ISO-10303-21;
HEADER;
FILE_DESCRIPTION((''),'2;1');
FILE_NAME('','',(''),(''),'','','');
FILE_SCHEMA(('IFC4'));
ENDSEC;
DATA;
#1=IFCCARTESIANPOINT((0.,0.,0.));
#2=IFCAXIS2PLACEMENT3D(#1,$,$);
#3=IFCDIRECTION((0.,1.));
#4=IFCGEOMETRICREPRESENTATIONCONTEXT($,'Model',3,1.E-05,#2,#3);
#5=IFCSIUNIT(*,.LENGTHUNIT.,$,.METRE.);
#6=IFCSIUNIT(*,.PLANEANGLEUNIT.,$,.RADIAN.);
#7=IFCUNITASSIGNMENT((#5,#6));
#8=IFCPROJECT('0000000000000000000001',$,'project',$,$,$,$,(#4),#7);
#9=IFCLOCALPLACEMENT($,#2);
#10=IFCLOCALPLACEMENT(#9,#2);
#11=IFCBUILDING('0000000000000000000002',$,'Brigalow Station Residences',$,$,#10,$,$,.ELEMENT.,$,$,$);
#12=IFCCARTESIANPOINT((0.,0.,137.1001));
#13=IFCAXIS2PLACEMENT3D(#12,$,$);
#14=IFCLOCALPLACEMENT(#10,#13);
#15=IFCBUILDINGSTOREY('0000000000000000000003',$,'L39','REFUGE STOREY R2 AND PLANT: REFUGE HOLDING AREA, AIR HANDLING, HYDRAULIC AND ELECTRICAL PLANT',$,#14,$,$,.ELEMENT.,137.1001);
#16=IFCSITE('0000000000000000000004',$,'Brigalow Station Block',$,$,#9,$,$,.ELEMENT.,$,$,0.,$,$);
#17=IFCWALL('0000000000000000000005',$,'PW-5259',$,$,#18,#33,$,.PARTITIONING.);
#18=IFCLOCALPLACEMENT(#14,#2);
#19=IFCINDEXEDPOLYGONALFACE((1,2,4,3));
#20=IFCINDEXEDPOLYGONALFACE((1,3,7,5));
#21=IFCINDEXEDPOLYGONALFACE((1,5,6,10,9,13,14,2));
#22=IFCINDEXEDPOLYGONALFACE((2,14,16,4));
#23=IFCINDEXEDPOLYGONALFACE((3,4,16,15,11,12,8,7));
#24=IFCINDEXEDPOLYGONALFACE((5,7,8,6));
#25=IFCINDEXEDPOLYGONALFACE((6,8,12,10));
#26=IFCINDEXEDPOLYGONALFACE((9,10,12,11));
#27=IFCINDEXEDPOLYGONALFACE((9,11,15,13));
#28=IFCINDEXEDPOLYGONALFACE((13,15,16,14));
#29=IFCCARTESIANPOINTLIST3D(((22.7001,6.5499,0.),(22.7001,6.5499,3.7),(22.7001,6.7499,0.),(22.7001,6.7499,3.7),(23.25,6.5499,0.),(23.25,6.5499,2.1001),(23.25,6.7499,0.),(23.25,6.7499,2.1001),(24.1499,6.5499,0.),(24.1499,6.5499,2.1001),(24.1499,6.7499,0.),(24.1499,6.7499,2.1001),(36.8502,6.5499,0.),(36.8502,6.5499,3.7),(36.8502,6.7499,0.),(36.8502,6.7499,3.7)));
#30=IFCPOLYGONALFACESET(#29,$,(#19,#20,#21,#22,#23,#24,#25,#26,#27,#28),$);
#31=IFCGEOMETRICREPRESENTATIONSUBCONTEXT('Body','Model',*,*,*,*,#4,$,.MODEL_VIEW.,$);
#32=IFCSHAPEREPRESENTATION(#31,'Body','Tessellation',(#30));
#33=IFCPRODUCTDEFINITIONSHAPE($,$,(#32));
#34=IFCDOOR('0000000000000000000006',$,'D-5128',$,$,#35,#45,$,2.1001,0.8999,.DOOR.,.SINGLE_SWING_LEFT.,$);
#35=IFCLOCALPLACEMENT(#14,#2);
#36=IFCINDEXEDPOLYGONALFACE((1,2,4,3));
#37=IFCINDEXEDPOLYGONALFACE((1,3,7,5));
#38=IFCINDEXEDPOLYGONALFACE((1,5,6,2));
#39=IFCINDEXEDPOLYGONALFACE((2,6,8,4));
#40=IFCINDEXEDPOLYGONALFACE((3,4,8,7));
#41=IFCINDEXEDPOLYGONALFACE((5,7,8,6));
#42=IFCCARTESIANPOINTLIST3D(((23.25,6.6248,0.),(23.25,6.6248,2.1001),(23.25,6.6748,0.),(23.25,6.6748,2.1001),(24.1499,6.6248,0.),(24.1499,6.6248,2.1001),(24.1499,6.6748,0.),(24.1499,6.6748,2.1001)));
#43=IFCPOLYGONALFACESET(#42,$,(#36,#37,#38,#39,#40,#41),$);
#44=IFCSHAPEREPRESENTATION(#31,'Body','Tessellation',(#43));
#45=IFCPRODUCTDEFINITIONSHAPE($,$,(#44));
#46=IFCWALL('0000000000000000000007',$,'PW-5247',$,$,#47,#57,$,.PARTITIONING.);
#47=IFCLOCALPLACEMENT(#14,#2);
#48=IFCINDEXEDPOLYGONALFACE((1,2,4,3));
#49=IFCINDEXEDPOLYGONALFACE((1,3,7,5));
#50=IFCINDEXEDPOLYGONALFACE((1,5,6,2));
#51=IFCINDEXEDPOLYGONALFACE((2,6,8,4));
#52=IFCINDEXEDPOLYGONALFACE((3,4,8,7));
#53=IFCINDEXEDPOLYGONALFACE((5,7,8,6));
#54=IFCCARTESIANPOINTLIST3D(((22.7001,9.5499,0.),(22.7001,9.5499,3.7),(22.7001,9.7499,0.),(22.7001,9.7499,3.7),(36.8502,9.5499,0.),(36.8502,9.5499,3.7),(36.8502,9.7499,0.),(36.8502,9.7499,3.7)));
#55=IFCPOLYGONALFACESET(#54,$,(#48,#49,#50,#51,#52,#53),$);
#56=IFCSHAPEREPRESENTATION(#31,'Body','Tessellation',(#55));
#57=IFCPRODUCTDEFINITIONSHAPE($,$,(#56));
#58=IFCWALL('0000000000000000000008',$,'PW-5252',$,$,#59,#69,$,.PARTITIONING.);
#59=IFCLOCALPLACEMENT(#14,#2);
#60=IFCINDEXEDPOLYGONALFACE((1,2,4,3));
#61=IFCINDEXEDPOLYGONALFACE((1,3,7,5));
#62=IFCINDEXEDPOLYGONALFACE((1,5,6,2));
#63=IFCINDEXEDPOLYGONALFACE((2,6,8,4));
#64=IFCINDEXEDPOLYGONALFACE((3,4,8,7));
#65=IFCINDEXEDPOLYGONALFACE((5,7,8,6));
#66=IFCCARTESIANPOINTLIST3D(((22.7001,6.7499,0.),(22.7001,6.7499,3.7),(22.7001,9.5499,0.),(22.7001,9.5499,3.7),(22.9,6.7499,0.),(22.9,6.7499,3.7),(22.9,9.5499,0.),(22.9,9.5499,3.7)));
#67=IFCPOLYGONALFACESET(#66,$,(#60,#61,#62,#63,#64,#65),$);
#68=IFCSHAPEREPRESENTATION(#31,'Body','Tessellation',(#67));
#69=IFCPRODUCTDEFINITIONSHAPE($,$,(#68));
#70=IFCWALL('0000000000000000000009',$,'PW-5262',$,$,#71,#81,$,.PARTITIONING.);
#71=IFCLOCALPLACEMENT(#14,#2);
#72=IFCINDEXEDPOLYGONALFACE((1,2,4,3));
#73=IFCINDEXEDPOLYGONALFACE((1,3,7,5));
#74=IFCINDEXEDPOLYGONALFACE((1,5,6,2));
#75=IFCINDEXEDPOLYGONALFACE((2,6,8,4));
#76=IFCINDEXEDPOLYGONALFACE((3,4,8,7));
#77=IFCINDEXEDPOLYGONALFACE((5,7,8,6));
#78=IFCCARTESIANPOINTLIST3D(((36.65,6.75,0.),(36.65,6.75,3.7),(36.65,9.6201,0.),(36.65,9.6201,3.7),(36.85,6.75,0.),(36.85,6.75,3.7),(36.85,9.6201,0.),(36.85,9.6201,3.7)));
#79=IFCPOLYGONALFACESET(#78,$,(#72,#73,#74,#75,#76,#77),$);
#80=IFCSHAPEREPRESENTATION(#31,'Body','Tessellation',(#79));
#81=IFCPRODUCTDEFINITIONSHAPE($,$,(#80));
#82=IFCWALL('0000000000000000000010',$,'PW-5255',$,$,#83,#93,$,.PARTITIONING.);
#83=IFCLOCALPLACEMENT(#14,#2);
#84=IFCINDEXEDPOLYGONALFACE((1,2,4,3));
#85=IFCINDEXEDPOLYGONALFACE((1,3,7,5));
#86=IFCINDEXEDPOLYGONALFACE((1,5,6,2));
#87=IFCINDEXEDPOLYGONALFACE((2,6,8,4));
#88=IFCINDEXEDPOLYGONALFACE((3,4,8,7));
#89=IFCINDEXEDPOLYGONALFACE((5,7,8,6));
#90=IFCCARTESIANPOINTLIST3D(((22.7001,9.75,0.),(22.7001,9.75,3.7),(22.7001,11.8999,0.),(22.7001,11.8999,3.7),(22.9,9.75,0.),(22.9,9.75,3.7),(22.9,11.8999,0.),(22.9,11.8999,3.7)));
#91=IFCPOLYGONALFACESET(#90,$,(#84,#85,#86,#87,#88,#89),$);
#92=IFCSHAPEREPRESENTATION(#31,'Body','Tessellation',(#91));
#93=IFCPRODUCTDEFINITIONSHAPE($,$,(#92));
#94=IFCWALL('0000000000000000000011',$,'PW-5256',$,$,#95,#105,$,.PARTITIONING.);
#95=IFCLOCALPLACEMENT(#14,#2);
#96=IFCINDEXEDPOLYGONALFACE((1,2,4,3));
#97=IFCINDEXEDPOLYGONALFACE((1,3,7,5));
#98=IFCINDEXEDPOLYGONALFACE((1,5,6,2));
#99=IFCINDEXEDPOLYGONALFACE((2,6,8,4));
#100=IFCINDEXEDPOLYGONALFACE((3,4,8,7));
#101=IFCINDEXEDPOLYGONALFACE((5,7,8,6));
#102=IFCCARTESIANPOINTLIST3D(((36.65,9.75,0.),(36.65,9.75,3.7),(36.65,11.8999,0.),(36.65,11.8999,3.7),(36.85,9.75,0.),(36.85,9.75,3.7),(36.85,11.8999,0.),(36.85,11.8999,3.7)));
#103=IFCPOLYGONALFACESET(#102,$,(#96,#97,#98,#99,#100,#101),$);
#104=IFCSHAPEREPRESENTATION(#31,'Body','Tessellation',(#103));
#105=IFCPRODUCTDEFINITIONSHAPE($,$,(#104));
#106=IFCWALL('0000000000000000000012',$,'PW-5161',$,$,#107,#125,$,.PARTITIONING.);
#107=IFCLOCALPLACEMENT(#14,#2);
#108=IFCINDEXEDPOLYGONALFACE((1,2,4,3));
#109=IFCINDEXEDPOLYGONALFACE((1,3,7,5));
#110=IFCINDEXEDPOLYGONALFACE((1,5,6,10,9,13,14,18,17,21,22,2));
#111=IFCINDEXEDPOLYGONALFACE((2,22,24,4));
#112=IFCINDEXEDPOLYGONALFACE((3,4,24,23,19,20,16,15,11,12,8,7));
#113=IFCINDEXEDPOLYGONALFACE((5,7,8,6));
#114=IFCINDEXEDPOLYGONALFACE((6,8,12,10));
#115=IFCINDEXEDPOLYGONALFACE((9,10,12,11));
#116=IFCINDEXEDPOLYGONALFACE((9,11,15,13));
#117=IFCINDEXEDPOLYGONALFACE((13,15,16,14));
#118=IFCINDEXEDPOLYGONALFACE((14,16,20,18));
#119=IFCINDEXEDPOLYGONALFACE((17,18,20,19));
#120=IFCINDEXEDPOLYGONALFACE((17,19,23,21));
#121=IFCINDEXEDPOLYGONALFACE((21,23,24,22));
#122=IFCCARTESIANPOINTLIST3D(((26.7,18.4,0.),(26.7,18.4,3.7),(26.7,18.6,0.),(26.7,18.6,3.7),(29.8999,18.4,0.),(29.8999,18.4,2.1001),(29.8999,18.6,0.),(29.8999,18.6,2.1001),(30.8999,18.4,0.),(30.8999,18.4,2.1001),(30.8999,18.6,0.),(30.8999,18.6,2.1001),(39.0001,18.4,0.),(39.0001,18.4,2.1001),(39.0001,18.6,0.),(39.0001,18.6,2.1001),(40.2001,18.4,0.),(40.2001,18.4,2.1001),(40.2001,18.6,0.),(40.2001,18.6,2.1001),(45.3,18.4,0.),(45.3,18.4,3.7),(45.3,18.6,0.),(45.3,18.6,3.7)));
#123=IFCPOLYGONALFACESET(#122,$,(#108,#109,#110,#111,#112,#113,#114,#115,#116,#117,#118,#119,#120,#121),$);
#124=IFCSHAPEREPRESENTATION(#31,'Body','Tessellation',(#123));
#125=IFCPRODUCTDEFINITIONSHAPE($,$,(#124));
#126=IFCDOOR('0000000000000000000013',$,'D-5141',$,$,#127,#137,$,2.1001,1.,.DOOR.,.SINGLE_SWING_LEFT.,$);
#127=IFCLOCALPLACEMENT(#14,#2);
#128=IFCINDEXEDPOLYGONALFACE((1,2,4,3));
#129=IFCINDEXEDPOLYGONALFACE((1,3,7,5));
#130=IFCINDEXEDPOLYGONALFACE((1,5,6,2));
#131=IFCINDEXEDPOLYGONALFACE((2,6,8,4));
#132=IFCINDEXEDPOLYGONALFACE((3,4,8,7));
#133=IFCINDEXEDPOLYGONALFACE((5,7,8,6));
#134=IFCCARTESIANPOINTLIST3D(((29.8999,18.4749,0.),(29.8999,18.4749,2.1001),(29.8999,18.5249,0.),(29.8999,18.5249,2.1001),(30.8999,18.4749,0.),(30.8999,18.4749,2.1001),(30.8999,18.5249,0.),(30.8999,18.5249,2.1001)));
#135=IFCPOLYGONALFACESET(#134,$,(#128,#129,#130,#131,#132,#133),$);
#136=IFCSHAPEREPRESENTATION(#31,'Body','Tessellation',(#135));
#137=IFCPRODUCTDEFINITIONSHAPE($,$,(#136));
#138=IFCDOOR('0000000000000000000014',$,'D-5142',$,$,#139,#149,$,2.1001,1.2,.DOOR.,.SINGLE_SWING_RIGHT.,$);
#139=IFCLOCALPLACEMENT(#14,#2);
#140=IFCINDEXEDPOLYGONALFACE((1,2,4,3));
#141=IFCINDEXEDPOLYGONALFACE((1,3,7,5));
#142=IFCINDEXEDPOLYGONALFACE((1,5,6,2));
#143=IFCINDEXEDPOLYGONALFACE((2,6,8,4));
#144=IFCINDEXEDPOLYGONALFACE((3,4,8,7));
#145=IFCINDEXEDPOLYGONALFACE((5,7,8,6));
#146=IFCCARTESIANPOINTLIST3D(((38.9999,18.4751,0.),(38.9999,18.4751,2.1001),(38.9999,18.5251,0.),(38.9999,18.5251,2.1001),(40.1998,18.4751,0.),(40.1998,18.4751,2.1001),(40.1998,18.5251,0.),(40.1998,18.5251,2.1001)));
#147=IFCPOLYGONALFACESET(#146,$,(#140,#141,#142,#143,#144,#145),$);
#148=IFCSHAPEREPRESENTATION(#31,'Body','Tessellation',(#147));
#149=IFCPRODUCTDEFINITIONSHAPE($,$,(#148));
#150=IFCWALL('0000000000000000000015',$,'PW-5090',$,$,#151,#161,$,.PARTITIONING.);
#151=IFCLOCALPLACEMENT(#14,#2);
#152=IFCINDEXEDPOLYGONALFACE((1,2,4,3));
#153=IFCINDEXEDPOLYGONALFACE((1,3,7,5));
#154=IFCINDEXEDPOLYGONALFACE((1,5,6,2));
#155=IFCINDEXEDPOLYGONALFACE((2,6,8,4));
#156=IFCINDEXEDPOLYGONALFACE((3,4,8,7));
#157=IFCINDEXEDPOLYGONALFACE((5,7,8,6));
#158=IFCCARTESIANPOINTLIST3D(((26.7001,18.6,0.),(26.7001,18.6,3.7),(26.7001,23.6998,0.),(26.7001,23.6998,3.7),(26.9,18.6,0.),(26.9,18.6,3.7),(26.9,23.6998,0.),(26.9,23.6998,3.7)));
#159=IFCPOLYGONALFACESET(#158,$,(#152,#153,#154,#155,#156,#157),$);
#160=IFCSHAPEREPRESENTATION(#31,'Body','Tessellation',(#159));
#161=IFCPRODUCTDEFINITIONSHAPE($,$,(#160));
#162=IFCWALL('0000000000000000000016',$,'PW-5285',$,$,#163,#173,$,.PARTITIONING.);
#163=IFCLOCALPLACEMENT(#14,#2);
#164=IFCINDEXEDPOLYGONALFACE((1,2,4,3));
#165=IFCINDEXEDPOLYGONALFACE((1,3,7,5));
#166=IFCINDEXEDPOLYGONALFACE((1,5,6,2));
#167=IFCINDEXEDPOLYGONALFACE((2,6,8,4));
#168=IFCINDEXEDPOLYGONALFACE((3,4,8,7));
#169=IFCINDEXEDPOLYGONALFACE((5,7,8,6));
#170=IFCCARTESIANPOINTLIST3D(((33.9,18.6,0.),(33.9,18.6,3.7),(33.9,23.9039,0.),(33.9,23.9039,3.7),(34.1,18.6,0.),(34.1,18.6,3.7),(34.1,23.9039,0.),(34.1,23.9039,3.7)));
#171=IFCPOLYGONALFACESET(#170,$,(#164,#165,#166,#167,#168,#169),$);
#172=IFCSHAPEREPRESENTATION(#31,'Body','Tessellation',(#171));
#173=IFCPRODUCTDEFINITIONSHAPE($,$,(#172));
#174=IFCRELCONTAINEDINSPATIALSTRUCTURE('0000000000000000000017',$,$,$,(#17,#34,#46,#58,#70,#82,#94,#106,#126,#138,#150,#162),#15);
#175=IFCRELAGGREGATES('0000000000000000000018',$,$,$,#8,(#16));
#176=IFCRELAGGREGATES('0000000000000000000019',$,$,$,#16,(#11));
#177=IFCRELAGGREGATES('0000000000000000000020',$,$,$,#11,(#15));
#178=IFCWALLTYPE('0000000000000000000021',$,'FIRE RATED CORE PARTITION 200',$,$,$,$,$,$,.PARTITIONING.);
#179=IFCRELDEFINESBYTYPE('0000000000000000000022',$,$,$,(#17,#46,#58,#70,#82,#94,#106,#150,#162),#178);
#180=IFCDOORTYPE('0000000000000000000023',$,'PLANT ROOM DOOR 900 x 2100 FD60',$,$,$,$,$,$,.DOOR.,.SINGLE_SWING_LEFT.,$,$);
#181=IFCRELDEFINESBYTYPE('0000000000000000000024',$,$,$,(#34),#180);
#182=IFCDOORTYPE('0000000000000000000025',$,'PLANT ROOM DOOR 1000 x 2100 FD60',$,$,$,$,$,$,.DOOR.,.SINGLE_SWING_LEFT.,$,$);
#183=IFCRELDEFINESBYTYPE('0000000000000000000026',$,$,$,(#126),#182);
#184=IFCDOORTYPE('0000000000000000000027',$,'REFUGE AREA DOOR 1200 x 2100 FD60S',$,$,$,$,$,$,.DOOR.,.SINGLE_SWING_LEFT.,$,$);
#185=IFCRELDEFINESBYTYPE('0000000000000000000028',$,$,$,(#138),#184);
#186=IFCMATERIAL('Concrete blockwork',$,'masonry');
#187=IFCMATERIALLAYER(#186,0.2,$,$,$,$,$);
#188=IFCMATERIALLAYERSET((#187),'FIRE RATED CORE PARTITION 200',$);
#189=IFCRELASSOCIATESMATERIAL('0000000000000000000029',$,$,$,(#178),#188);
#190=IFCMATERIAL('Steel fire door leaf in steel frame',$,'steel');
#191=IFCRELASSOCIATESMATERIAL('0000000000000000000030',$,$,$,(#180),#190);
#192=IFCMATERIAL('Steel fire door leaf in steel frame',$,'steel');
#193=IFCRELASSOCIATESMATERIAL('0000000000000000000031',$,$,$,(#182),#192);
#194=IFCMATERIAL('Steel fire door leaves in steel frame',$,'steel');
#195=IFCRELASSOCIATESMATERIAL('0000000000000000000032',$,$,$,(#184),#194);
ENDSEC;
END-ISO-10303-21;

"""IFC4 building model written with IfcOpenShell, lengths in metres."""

from ifc_helpers import new_model, si_unit, direction, frame, frame_2d, origin, place, context, subcontext, project, spatial, rectangle, extrude, material, layer, layer_set, type_object, element, fill, save


model = new_model("IFC4")

# Units and contexts
model_context = context("Model", 3, precision=1e-05, world=origin(), true_north=direction((0.0, 1.0)))
body_context = subcontext(model_context, "Body", "Model", "MODEL_VIEW")
ifc_project = project(units=[si_unit("LENGTHUNIT", "METRE"), si_unit("PLANEANGLEUNIT", "RADIAN")], contexts=[model_context])

# Site, building, storey
site_placement = place(None, origin())
site = spatial("IfcSite", under=ifc_project, at=site_placement, Name="Brigalow Station Block", CompositionType="ELEMENT", RefElevation=0.0)
building_placement = place(site_placement, origin())
building = spatial("IfcBuilding", under=site, at=building_placement, Name="Brigalow Station Residences", CompositionType="ELEMENT")
storey_placement = place(building_placement, frame((0.0, 0.0, 137.1001)))
storey = spatial("IfcBuildingStorey", under=building, at=storey_placement, Name="L39", Description="REFUGE STOREY R2 AND PLANT: REFUGE HOLDING AREA, AIR HANDLING, HYDRAULIC AND ELECTRICAL PLANT", CompositionType="ELEMENT", Elevation=137.1001)

# Shared definitions
ifc_material_1 = material(Name="Concrete blockwork", Category="masonry")
ifc_layer_1 = layer(ifc_material_1, 0.2)
ifc_layer_set_1 = layer_set([ifc_layer_1], Name="FIRE RATED CORE PARTITION 200")
wall_type_1 = type_object("IfcWallType", Name="FIRE RATED CORE PARTITION 200", PredefinedType="PARTITIONING", material=ifc_layer_set_1)

# Wall, opening, door
wall_1_placement = place(storey_placement, frame((22.7, 6.6499, 0.0), z_axis=(0.0, 0.0, 1.0), x_axis=(1.0, 0.0, 0.0)))
wall_1 = element("IfcWall", 1, at=wall_1_placement, inside=storey, type_object=wall_type_1, Name="PW-5259", PredefinedType="PARTITIONING", context=body_context, shape_type="SweptSolid", body=[
    extrude(rectangle(XDim=14.1501, YDim=0.2, at=frame_2d((7.0752, 0.0))), origin(), (0.0, 0.0, 1.0), 3.7),
])
opening_1_placement = place(wall_1_placement, frame((0.55, 0.0, 0.0)))
opening_1 = element("IfcOpeningElement", 2, at=opening_1_placement, cuts=wall_1, PredefinedType="OPENING", context=body_context, shape_type="SweptSolid", body=[
    extrude(rectangle(XDim=0.8999, YDim=2.1001, at=frame_2d((0.45, 1.05))), frame((0.0, 0.1099, 0.0), z_axis=(0.0, -1.0, 0.0), x_axis=(1.0, 0.0, 0.0)), (0.0, 0.0, 1.0), 0.22),
])
ifc_material_2 = material(Name="Steel fire door leaf in steel frame", Category="steel")
door_type_1 = type_object("IfcDoorType", Name="PLANT ROOM DOOR 900 x 2100 FD60", OperationType="SINGLE_SWING_LEFT", PredefinedType="DOOR", material=ifc_material_2)
door_1_placement = place(opening_1_placement, origin())
door_1 = element("IfcDoor", 3, at=door_1_placement, inside=storey, type_object=door_type_1, Name="D-5128", OperationType="SINGLE_SWING_LEFT", OverallHeight=2.1001, OverallWidth=0.8999, PredefinedType="DOOR", context=body_context, shape_type="SweptSolid", body=[
    extrude(rectangle(XDim=0.8999, YDim=2.1001, at=frame_2d((0.45, 1.05))), frame((0.0, 0.0249, 0.0), z_axis=(0.0, -1.0, 0.0), x_axis=(1.0, 0.0, 0.0)), (0.0, 0.0, 1.0), 0.05),
])
fill(opening_1, door_1)

# Walls
wall_2_placement = place(storey_placement, frame((22.7, 9.6499, 0.0), z_axis=(0.0, 0.0, 1.0), x_axis=(1.0, 0.0, 0.0)))
element("IfcWall", 4, at=wall_2_placement, inside=storey, type_object=wall_type_1, Name="PW-5247", PredefinedType="PARTITIONING", context=body_context, shape_type="SweptSolid", body=[
    extrude(rectangle(XDim=14.1501, YDim=0.2, at=frame_2d((7.0752, 0.0))), origin(), (0.0, 0.0, 1.0), 3.7),
])
wall_3_placement = place(storey_placement, frame((22.8, 6.75, 0.0), z_axis=(0.0, 0.0, 1.0), x_axis=(0.0, 1.0, 0.0)))
element("IfcWall", 5, at=wall_3_placement, inside=storey, type_object=wall_type_1, Name="PW-5252", PredefinedType="PARTITIONING", context=body_context, shape_type="SweptSolid", body=[
    extrude(rectangle(XDim=2.8, YDim=0.2, at=frame_2d((1.3999, 0.0))), origin(), (0.0, 0.0, 1.0), 3.7),
])
wall_4_placement = place(storey_placement, frame((36.75, 6.75, 0.0), z_axis=(0.0, 0.0, 1.0), x_axis=(0.0, 1.0, 0.0)))
element("IfcWall", 6, at=wall_4_placement, inside=storey, type_object=wall_type_1, Name="PW-5262", PredefinedType="PARTITIONING", context=body_context, shape_type="SweptSolid", body=[
    extrude(rectangle(XDim=2.8701, YDim=0.2, at=frame_2d((1.4351, 0.0))), origin(), (0.0, 0.0, 1.0), 3.7),
])
for number, where, z_axis, x_axis, name in (
    (7, (22.8, 9.75, 0.0), (0.0, 0.0, 1.0), (0.0, 1.0, 0.0), "PW-5255"),
    (8, (36.75, 9.75, 0.0), (0.0, 0.0, 1.0), (0.0, 1.0, 0.0), "PW-5256"),
):
    element("IfcWall", number, at=place(storey_placement, frame(where, z_axis=z_axis, x_axis=x_axis)), inside=storey, type_object=wall_type_1, Name=name, PredefinedType="PARTITIONING", context=body_context, shape_type="SweptSolid", body=[
        extrude(rectangle(XDim=2.1499, YDim=0.2, at=frame_2d((1.075, 0.0))), origin(), (0.0, 0.0, 1.0), 3.7),
    ])

# Wall, openings, doors
wall_5_placement = place(storey_placement, frame((26.7, 18.5, 0.0), z_axis=(0.0, 0.0, 1.0), x_axis=(1.0, 0.0, 0.0)))
wall_5 = element("IfcWall", 9, at=wall_5_placement, inside=storey, type_object=wall_type_1, Name="PW-5161", PredefinedType="PARTITIONING", context=body_context, shape_type="SweptSolid", body=[
    extrude(rectangle(XDim=18.6001, YDim=0.2, at=frame_2d((9.3, 0.0))), origin(), (0.0, 0.0, 1.0), 3.7),
])
opening_2_placement = place(wall_5_placement, frame((3.2, 0.0, 0.0)))
opening_2 = element("IfcOpeningElement", 10, at=opening_2_placement, cuts=wall_5, PredefinedType="OPENING", context=body_context, shape_type="SweptSolid", body=[
    extrude(rectangle(XDim=1.0, YDim=2.1001, at=frame_2d((0.5, 1.05))), frame((0.0, 0.1099, 0.0), z_axis=(0.0, -1.0, 0.0), x_axis=(1.0, 0.0, 0.0)), (0.0, 0.0, 1.0), 0.22),
])
opening_3_placement = place(wall_5_placement, frame((12.3, 0.0, 0.0)))
opening_3 = element("IfcOpeningElement", 11, at=opening_3_placement, cuts=wall_5, PredefinedType="OPENING", context=body_context, shape_type="SweptSolid", body=[
    extrude(rectangle(XDim=1.2, YDim=2.1001, at=frame_2d((0.6001, 1.05))), frame((0.0, 0.1099, 0.0), z_axis=(0.0, -1.0, 0.0), x_axis=(1.0, 0.0, 0.0)), (0.0, 0.0, 1.0), 0.22),
])
ifc_material_3 = material(Name="Steel fire door leaf in steel frame", Category="steel")
door_type_2 = type_object("IfcDoorType", Name="PLANT ROOM DOOR 1000 x 2100 FD60", OperationType="SINGLE_SWING_LEFT", PredefinedType="DOOR", material=ifc_material_3)
door_2_placement = place(opening_2_placement, origin())
door_2 = element("IfcDoor", 12, at=door_2_placement, inside=storey, type_object=door_type_2, Name="D-5141", OperationType="SINGLE_SWING_LEFT", OverallHeight=2.1001, OverallWidth=1.0, PredefinedType="DOOR", context=body_context, shape_type="SweptSolid", body=[
    extrude(rectangle(XDim=1.0, YDim=2.1001, at=frame_2d((0.5, 1.05))), frame((0.0, 0.0249, 0.0), z_axis=(0.0, -1.0, 0.0), x_axis=(1.0, 0.0, 0.0)), (0.0, 0.0, 1.0), 0.05),
])
fill(opening_2, door_2)
ifc_material_4 = material(Name="Steel fire door leaves in steel frame", Category="steel")
door_type_3 = type_object("IfcDoorType", Name="REFUGE AREA DOOR 1200 x 2100 FD60S", OperationType="SINGLE_SWING_LEFT", PredefinedType="DOOR", material=ifc_material_4)
door_3_placement = place(opening_3_placement, frame((1.2, 0.0, 0.0), z_axis=(0.0, 0.0, 1.0), x_axis=(-1.0, 0.0, 0.0)))
door_3 = element("IfcDoor", 13, at=door_3_placement, inside=storey, type_object=door_type_3, Name="D-5142", OperationType="SINGLE_SWING_RIGHT", OverallHeight=2.1001, OverallWidth=1.2, PredefinedType="DOOR", context=body_context, shape_type="SweptSolid", body=[
    extrude(rectangle(XDim=1.2, YDim=2.1001, at=frame_2d((0.6001, 1.05))), frame((0.0, 0.0249, 0.0), z_axis=(0.0, -1.0, 0.0), x_axis=(1.0, 0.0, 0.0)), (0.0, 0.0, 1.0), 0.05),
])
fill(opening_3, door_3)

# Walls
wall_6_placement = place(storey_placement, frame((26.8, 18.6001, 0.0), z_axis=(0.0, 0.0, 1.0), x_axis=(0.0, 1.0, 0.0)))
element("IfcWall", 14, at=wall_6_placement, inside=storey, type_object=wall_type_1, Name="PW-5090", PredefinedType="PARTITIONING", context=body_context, shape_type="SweptSolid", body=[
    extrude(rectangle(XDim=5.0999, YDim=0.2, at=frame_2d((2.5498, 0.0))), origin(), (0.0, 0.0, 1.0), 3.7),
])
wall_7_placement = place(storey_placement, frame((34.0, 18.6001, 0.0), z_axis=(0.0, 0.0, 1.0), x_axis=(0.0, 1.0, 0.0)))
element("IfcWall", 15, at=wall_7_placement, inside=storey, type_object=wall_type_1, Name="PW-5285", PredefinedType="PARTITIONING", context=body_context, shape_type="SweptSolid", body=[
    extrude(rectangle(XDim=5.304, YDim=0.2, at=frame_2d((2.6519, 0.0))), origin(), (0.0, 0.0, 1.0), 3.7),
])

save(model, "model.ifc")
